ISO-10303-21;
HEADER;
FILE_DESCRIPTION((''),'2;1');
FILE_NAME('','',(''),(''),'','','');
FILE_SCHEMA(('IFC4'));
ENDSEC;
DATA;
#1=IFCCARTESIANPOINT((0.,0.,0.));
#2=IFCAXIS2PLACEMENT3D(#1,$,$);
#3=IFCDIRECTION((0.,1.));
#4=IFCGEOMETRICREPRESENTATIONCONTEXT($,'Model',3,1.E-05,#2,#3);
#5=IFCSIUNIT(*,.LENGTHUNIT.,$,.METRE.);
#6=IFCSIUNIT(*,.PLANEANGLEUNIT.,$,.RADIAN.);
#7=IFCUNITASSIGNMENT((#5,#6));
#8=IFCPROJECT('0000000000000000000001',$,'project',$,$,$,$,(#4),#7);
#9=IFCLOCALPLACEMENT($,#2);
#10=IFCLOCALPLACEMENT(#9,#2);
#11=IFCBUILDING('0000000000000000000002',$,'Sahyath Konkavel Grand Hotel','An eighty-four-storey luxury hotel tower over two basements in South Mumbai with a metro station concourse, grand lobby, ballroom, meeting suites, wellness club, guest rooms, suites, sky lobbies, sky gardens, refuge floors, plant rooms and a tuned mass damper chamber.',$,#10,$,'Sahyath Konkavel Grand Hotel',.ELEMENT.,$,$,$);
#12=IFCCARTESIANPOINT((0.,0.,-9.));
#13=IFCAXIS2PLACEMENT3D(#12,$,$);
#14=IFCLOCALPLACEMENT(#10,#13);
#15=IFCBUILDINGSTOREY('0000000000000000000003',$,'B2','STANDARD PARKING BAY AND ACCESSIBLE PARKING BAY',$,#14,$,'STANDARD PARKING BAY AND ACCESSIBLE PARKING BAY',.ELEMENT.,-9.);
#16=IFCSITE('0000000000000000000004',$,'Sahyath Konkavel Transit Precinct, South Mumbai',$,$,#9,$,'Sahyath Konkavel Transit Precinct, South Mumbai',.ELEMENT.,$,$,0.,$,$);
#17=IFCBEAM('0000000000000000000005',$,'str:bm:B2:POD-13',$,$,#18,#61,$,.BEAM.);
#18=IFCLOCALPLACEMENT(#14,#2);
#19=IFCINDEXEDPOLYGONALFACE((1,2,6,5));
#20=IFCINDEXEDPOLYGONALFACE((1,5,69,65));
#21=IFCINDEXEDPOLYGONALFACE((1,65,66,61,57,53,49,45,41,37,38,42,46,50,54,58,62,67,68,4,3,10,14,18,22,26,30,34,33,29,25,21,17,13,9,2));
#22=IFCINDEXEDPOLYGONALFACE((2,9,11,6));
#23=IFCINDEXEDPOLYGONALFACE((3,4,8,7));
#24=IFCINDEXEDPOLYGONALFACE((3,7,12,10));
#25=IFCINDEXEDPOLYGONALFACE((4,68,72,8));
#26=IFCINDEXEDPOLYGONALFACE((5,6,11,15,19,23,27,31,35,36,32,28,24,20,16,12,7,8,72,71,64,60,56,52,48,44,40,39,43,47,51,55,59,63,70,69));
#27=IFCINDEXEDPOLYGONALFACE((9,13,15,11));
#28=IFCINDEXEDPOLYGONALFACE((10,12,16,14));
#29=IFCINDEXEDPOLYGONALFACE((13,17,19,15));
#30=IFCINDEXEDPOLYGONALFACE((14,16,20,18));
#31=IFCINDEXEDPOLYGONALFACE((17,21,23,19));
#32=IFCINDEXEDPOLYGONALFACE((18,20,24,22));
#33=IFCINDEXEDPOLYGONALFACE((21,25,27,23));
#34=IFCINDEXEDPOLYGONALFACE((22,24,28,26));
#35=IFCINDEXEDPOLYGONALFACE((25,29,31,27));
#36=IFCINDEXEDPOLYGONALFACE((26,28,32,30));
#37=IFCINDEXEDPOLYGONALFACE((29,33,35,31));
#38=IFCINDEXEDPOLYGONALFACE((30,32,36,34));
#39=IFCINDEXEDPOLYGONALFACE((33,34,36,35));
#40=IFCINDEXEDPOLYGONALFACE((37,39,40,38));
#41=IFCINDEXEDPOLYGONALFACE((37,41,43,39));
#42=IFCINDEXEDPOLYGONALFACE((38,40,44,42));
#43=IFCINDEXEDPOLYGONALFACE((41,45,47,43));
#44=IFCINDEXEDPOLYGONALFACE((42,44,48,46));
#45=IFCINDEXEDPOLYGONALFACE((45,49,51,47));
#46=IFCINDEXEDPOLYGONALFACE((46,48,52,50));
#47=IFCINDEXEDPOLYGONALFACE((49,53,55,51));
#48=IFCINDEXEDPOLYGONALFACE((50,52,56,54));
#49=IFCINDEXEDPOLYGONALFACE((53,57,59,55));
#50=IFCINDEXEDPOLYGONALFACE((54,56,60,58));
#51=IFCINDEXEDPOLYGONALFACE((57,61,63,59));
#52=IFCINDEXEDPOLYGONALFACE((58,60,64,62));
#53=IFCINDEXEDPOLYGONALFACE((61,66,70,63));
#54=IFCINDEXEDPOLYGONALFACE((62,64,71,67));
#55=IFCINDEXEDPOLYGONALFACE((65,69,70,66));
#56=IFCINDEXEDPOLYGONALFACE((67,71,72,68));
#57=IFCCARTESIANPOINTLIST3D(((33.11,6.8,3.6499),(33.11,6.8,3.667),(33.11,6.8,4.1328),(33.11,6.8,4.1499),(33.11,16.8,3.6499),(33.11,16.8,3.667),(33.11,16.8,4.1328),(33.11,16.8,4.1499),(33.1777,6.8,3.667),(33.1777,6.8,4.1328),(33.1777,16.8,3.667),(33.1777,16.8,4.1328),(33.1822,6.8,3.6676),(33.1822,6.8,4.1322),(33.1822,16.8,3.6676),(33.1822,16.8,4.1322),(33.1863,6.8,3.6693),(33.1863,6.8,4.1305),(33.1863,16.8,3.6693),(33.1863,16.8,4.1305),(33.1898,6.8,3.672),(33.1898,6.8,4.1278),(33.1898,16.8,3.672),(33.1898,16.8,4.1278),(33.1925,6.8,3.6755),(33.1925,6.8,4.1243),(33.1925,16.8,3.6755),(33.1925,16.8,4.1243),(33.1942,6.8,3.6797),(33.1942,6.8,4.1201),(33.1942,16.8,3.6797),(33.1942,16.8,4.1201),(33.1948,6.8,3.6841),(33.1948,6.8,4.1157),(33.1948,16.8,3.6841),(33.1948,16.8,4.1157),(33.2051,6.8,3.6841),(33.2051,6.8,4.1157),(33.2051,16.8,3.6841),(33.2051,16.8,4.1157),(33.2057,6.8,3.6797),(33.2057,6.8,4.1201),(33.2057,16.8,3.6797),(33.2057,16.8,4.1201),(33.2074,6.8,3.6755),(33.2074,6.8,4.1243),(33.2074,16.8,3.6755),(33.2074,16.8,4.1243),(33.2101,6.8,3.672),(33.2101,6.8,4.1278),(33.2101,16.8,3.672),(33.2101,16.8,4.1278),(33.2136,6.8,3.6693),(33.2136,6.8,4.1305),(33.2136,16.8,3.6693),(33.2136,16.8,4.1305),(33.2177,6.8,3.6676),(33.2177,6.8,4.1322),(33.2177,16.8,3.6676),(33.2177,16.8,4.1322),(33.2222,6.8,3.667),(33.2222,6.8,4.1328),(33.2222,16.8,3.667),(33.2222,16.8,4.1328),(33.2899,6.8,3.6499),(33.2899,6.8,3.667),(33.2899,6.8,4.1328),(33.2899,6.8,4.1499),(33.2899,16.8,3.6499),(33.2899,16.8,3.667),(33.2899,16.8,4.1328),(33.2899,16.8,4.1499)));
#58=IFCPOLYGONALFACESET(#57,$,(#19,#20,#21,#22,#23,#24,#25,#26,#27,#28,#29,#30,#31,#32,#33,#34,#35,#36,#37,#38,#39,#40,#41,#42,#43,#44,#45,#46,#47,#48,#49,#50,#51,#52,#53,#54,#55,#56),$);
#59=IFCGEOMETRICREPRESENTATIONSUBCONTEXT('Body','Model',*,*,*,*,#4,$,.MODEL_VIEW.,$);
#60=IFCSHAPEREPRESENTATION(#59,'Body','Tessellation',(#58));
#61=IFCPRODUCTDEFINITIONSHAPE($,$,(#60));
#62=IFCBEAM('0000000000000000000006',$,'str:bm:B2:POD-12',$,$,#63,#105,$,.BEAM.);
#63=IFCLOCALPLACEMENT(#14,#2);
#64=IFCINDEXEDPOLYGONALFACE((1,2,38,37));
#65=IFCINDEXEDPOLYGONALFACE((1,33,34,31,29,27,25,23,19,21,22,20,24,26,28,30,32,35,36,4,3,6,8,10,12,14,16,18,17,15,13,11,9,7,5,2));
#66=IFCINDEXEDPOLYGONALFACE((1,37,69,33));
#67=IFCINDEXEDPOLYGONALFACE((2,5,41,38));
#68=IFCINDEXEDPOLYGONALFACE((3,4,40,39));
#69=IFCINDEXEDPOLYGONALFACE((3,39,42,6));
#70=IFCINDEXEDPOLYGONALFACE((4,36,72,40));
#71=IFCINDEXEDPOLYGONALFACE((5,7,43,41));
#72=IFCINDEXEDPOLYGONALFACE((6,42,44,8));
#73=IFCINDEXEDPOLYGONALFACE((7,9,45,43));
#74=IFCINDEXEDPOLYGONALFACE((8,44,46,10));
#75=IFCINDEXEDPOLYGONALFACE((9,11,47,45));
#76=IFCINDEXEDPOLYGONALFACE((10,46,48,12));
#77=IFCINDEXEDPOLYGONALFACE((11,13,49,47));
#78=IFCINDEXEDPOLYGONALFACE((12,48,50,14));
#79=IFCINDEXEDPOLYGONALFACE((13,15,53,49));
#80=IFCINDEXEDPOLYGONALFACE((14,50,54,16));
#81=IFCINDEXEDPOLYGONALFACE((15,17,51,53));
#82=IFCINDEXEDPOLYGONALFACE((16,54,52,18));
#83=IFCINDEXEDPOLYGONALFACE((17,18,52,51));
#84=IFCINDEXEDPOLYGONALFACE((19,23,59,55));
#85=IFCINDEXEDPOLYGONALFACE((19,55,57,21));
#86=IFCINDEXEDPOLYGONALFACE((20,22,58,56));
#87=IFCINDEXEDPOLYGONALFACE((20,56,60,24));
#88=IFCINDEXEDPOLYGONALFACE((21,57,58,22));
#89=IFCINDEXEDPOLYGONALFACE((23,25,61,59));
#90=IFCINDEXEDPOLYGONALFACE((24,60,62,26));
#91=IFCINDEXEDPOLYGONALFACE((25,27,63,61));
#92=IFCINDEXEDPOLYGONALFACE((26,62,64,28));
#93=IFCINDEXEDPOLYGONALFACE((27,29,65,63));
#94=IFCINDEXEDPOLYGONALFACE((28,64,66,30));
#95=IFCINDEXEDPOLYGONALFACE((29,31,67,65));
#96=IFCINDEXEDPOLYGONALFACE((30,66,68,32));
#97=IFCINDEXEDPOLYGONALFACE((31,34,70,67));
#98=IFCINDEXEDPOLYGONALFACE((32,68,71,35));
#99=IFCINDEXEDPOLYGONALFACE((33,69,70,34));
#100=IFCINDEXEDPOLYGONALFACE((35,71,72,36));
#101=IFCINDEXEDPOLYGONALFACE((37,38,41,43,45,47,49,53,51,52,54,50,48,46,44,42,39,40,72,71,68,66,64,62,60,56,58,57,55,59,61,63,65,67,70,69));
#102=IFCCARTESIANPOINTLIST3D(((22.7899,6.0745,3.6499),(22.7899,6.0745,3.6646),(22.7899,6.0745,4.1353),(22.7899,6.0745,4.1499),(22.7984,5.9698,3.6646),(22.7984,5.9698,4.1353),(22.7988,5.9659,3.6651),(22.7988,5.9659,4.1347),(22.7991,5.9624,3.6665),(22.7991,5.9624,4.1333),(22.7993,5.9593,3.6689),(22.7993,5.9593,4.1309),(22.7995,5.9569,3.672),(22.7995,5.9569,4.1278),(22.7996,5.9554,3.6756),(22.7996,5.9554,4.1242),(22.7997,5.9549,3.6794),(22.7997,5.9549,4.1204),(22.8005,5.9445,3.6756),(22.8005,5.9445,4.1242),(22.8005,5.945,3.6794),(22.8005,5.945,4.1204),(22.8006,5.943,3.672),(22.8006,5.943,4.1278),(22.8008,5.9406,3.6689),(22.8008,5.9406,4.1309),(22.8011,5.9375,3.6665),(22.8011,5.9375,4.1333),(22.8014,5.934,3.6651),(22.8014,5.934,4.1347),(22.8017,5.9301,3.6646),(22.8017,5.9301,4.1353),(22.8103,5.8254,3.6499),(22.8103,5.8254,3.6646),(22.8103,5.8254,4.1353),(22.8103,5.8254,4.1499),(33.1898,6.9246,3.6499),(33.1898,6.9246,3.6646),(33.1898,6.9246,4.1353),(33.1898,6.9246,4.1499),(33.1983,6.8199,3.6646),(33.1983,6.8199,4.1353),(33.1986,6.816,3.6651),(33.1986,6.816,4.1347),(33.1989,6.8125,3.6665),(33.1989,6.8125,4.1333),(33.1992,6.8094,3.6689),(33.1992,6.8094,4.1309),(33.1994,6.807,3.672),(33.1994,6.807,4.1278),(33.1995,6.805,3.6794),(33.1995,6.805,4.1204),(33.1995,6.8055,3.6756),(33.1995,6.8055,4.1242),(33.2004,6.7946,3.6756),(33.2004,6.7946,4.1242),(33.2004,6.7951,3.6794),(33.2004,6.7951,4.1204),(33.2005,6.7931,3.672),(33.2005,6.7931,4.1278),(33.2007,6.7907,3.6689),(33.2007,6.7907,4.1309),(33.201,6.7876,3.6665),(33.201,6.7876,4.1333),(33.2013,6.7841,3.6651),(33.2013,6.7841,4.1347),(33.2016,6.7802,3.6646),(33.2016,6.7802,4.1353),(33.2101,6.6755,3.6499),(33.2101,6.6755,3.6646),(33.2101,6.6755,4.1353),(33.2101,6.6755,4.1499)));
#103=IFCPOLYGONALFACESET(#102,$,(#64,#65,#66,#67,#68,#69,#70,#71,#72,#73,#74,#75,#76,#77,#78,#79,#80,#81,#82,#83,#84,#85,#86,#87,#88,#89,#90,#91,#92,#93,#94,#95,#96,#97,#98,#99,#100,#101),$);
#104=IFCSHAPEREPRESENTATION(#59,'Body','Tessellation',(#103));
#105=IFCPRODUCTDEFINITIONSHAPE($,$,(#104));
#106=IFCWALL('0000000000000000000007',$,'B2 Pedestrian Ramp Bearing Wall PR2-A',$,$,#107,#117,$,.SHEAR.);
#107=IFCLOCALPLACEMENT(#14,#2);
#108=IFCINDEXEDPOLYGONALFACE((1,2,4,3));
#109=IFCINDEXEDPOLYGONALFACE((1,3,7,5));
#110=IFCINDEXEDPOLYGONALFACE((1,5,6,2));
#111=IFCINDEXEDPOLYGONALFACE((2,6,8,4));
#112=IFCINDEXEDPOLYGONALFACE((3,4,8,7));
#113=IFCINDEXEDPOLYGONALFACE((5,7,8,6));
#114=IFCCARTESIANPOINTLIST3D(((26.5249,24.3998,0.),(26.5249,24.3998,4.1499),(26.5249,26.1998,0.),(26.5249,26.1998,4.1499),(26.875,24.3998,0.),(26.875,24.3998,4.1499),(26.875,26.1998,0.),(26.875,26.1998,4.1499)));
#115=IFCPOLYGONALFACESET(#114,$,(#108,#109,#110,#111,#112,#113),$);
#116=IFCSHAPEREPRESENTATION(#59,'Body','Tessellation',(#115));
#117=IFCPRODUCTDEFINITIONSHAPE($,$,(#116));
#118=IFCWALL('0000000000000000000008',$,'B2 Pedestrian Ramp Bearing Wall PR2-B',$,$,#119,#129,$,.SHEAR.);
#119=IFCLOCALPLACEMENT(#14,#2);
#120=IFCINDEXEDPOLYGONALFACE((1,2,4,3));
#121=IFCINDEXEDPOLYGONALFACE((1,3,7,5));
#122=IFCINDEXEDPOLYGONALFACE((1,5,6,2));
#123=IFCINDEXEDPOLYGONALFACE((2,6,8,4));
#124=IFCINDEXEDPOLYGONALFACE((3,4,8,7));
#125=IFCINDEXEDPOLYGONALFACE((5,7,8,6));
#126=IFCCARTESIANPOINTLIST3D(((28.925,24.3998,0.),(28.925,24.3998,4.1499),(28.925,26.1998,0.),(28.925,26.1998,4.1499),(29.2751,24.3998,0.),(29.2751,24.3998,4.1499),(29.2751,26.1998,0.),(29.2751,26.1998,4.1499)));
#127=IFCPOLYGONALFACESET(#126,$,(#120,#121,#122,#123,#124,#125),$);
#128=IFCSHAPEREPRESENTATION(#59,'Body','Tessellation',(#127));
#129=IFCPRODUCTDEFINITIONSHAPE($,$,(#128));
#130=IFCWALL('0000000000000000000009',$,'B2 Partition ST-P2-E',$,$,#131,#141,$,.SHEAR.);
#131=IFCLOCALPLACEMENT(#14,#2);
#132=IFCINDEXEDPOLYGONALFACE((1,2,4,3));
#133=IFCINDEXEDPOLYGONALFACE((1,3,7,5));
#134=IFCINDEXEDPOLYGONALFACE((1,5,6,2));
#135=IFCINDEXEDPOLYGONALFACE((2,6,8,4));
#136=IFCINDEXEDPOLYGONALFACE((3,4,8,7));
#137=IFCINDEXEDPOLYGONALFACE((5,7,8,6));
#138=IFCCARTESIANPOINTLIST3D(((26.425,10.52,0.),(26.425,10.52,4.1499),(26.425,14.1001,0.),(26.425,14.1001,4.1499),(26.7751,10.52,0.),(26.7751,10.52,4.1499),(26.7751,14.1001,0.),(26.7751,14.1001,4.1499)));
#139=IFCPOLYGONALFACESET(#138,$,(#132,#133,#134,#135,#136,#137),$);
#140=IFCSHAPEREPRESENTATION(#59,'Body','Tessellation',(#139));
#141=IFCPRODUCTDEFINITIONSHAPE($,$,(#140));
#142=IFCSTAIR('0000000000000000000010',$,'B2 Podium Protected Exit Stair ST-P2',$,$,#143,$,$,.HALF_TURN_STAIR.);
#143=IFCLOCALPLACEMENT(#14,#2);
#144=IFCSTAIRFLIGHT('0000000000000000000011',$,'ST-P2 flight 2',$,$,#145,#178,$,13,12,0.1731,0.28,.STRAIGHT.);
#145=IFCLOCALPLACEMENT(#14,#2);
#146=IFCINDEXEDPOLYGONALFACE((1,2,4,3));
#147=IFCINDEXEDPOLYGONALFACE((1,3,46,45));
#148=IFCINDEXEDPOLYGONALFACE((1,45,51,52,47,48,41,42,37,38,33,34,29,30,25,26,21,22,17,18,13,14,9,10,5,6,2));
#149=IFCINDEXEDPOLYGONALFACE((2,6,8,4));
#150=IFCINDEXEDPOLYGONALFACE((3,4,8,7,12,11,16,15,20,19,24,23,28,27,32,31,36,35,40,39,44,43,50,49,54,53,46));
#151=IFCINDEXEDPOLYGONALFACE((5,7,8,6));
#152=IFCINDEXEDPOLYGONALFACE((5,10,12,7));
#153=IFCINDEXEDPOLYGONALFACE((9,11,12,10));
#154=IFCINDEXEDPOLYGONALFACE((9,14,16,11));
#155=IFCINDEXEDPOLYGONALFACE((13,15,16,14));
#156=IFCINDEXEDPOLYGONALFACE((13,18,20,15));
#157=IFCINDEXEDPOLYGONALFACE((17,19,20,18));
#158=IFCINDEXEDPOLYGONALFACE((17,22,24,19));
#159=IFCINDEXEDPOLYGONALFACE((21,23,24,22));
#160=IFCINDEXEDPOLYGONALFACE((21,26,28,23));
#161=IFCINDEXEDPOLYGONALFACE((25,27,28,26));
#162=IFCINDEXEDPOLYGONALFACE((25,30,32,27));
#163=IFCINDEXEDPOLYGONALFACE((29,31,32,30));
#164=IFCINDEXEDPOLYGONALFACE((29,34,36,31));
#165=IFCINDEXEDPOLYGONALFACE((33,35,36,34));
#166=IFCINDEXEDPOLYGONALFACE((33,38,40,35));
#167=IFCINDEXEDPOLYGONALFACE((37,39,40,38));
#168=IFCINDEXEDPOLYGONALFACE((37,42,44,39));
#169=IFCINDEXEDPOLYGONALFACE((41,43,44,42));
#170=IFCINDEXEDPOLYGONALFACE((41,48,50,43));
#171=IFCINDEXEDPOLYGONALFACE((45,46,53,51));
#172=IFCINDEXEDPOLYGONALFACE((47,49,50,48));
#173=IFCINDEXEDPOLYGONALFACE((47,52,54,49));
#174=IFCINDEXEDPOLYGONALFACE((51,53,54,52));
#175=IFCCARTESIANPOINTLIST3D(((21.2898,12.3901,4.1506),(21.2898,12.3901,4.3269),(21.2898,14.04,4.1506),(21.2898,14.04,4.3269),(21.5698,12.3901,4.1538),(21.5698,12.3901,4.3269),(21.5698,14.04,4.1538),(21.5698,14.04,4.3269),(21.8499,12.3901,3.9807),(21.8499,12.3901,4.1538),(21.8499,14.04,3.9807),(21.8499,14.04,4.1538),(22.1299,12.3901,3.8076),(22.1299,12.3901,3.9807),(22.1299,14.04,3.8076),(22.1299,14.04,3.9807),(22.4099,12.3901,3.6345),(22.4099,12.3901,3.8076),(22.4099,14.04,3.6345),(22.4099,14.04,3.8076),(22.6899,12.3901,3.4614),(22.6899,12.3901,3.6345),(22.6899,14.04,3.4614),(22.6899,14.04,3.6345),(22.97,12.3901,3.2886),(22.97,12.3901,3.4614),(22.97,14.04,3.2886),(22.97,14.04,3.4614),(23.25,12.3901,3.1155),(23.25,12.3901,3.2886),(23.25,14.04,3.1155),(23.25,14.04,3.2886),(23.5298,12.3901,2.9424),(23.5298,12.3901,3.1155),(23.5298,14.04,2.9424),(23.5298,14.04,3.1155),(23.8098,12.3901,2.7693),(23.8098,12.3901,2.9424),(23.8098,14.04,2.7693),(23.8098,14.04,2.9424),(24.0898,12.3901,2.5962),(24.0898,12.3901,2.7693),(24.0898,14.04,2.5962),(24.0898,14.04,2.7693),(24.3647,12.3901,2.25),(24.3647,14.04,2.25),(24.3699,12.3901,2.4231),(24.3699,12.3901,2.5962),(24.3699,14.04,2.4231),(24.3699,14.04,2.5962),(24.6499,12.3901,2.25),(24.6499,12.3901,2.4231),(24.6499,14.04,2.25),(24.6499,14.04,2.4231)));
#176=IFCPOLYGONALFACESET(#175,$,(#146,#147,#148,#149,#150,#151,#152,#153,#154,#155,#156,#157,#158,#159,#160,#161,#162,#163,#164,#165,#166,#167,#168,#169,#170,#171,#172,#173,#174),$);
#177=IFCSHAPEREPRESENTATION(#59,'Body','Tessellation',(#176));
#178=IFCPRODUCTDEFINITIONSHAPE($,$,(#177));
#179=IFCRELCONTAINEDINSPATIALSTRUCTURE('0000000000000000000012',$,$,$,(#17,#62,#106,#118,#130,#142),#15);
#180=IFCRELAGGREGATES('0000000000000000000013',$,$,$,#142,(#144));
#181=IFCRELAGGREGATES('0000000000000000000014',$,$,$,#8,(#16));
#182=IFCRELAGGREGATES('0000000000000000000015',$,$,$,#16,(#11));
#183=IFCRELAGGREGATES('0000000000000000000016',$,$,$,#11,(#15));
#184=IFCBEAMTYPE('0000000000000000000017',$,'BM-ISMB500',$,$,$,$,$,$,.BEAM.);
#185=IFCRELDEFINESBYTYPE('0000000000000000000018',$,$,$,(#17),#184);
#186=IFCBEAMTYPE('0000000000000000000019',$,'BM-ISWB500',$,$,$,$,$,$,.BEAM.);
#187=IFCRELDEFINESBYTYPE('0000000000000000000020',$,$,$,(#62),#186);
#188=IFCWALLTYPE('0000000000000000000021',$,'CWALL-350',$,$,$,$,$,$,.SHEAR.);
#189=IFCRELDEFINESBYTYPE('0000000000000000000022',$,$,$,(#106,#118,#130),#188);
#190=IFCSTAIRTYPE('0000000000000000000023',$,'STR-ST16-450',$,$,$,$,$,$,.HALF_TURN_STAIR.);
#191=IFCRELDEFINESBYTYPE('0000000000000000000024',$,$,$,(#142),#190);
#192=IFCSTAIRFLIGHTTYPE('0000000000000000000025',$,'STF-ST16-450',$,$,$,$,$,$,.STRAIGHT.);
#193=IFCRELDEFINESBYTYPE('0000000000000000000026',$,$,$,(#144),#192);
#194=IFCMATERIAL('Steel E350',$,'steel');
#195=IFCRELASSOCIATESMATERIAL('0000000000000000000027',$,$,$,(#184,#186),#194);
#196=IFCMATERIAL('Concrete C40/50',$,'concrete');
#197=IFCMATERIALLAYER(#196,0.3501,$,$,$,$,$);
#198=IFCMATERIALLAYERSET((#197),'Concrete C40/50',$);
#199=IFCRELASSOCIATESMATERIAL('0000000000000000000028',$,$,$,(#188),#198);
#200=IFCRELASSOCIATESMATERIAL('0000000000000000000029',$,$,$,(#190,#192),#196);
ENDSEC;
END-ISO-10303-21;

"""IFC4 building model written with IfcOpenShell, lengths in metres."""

from ifc_helpers import new_model, si_unit, direction, frame, frame_2d, origin, origin_2d, place, context, subcontext, project, spatial, polyline, rectangle, i_section, outline, extrude, source, transform, mapped, material, layer, layer_set, material_profile, profile_set, type_object, element, aggregate, save


model = new_model("IFC4")

# Units and contexts
model_context = context("Model", 3, precision=1e-05, world=origin(), true_north=direction((0.0, 1.0)))
body_context = subcontext(model_context, "Body", "Model", "MODEL_VIEW")
ifc_project = project(units=[si_unit("LENGTHUNIT", "METRE"), si_unit("PLANEANGLEUNIT", "RADIAN")], contexts=[model_context])

# Site, building, storey
site_placement = place(None, origin())
site = spatial("IfcSite", under=ifc_project, at=site_placement, Name="Sahyath Konkavel Transit Precinct, South Mumbai", LongName="Sahyath Konkavel Transit Precinct, South Mumbai", CompositionType="ELEMENT", RefElevation=0.0)
building_placement = place(site_placement, origin())
building = spatial("IfcBuilding", under=site, at=building_placement, Name="Sahyath Konkavel Grand Hotel", Description="An eighty-four-storey luxury hotel tower over two basements in South Mumbai with a metro station concourse, grand lobby, ballroom, meeting suites, wellness club, guest rooms, suites, sky lobbies, sky gardens, refuge floors, plant rooms and a tuned mass damper chamber.", LongName="Sahyath Konkavel Grand Hotel", CompositionType="ELEMENT")
storey_placement = place(building_placement, frame((0.0, 0.0, -9.0)))
storey = spatial("IfcBuildingStorey", under=building, at=storey_placement, Name="B2", Description="STANDARD PARKING BAY AND ACCESSIBLE PARKING BAY", LongName="STANDARD PARKING BAY AND ACCESSIBLE PARKING BAY", CompositionType="ELEMENT", Elevation=-9.0)

# Beams
ifc_material_1 = material(Name="Steel E350", Category="steel")
ifc_material_profile_1 = material_profile(ifc_material_1, i_section(OverallWidth=0.1799, OverallDepth=0.5, WebThickness=0.0103, FlangeThickness=0.0171, FilletRadius=0.0171, at=origin_2d()), Name="ISMB 500")
ifc_profile_set_1 = profile_set([ifc_material_profile_1], Name="Steel E350")
beam_type_1 = type_object("IfcBeamType", Name="BM-ISMB500", PredefinedType="BEAM", material=ifc_profile_set_1)
shared_shape_1 = source(origin(), body_context, "Body", "SweptSolid", [
    extrude(i_section(OverallWidth=0.1799, OverallDepth=0.5, WebThickness=0.0103, FlangeThickness=0.0171, FilletRadius=0.0171, at=origin_2d()), origin(), (0.0, 0.0, 1.0), 10.0),
])
beam_1_placement = place(storey_placement, frame((33.2, 6.8, 3.8999), z_axis=(0.0, 1.0, 0.0), x_axis=(-1.0, 0.0, 0.0)))
element("IfcBeam", 1, at=beam_1_placement, inside=storey, type_object=beam_type_1, Name="str:bm:B2:POD-13", PredefinedType="BEAM", context=body_context, shape_type="MappedRepresentation", body=[
    mapped(shared_shape_1, transform((0.0, 0.0, 0.0), scale=1.0)),
])
ifc_material_profile_2 = material_profile(ifc_material_1, i_section(OverallWidth=0.25, OverallDepth=0.5, WebThickness=0.01, FlangeThickness=0.0146, FilletRadius=0.0149, at=origin_2d()), Name="ISWB 500")
ifc_profile_set_2 = profile_set([ifc_material_profile_2], Name="Steel E350")
beam_type_2 = type_object("IfcBeamType", Name="BM-ISWB500", PredefinedType="BEAM", material=ifc_profile_set_2)
shared_shape_2 = source(origin(), body_context, "Body", "SweptSolid", [
    extrude(i_section(OverallWidth=0.25, OverallDepth=0.5, WebThickness=0.01, FlangeThickness=0.0146, FilletRadius=0.0149, at=origin_2d()), origin(), (0.0, 0.0, 1.0), 10.4346),
])
beam_2_placement = place(storey_placement, frame((33.2, 6.8, 3.8999), z_axis=(-0.996676, -0.081469, 0.0), x_axis=(0.081469, -0.996676, 0.0)))
element("IfcBeam", 2, at=beam_2_placement, inside=storey, type_object=beam_type_2, Name="str:bm:B2:POD-12", PredefinedType="BEAM", context=body_context, shape_type="MappedRepresentation", body=[
    mapped(shared_shape_2, transform((0.0, 0.0, 0.0), scale=1.0)),
])

# Walls
ifc_material_2 = material(Name="Concrete C40/50", Category="concrete")
ifc_layer = layer(ifc_material_2, 0.3501)
ifc_layer_set = layer_set([ifc_layer], Name="Concrete C40/50")
wall_type = type_object("IfcWallType", Name="CWALL-350", PredefinedType="SHEAR", material=ifc_layer_set)
for number, where, z_axis, x_axis, name in (
    (3, (26.7, 24.3999, 0.0), (0.0, 0.0, 1.0), (0.0, 1.0, 0.0), "B2 Pedestrian Ramp Bearing Wall PR2-A"),
    (4, (29.1001, 24.3999, 0.0), (0.0, 0.0, 1.0), (0.0, 1.0, 0.0), "B2 Pedestrian Ramp Bearing Wall PR2-B"),
):
    element("IfcWall", number, at=place(storey_placement, frame(where, z_axis=z_axis, x_axis=x_axis)), inside=storey, type_object=wall_type, Name=name, PredefinedType="SHEAR", context=body_context, shape_type="SweptSolid", body=[
        extrude(rectangle(XDim=1.8, YDim=0.3501, at=frame_2d((0.8999, 0.0))), origin(), (0.0, 0.0, 1.0), 4.1499),
    ])
wall_placement = place(storey_placement, frame((26.6001, 10.52, 0.0), z_axis=(0.0, 0.0, 1.0), x_axis=(0.0, 1.0, 0.0)))
element("IfcWall", 5, at=wall_placement, inside=storey, type_object=wall_type, Name="B2 Partition ST-P2-E", PredefinedType="SHEAR", context=body_context, shape_type="SweptSolid", body=[
    extrude(rectangle(XDim=3.5801, YDim=0.3501, at=frame_2d((1.79, 0.0))), origin(), (0.0, 0.0, 1.0), 4.1499),
])

# Stair, stair flight
stair_type = type_object("IfcStairType", Name="STR-ST16-450", PredefinedType="HALF_TURN_STAIR", material=ifc_material_2)
stair_placement = place(storey_placement, origin())
stair = element("IfcStair", 6, at=stair_placement, inside=storey, type_object=stair_type, Name="B2 Podium Protected Exit Stair ST-P2", PredefinedType="HALF_TURN_STAIR")
stair_flight_type = type_object("IfcStairFlightType", Name="STF-ST16-450", PredefinedType="STRAIGHT", material=ifc_material_2)
stair_flight_placement = place(storey_placement, frame((24.6499, 13.2151, 2.25), z_axis=(0.0, 0.0, 1.0), x_axis=(-1.0, 0.0, 0.0)))
stair_flight = element("IfcStairFlight", 7, at=stair_flight_placement, type_object=stair_flight_type, Name="ST-P2 flight 2", NumberOfRisers=13, NumberOfTreads=12, PredefinedType="STRAIGHT", RiserHeight=0.1731, TreadLength=0.28, context=body_context, shape_type="SweptSolid", body=[
    extrude(outline(polyline([(0.0, 0.0), (0.0, 0.1731), (0.28, 0.1731), (0.28, 0.3462), (0.5601, 0.3462), (0.5601, 0.5193), (0.8401, 0.5193), (0.8401, 0.6924), (1.1201, 0.6924), (1.1201, 0.8655), (1.3999, 0.8655), (1.3999, 1.0386), (1.6799, 1.0386), (1.6799, 1.2114), (1.96, 1.2114), (1.96, 1.3845), (2.24, 1.3845), (2.24, 1.5576), (2.52, 1.5576), (2.52, 1.7307), (2.8, 1.7307), (2.8, 1.9038), (3.0801, 1.9038), (3.0801, 2.0769), (3.3601, 2.0769), (3.3601, 2.25), (3.3601, 1.9006), (0.2852, 0.0), (0.0, 0.0)])), frame((0.0, 0.825, 0.0), z_axis=(0.0, -1.0, 0.0), x_axis=(1.0, 0.0, 0.0)), (0.0, 0.0, 1.0), 1.6499),
])
aggregate(stair, [stair_flight])

save(model, "model.ifc")
